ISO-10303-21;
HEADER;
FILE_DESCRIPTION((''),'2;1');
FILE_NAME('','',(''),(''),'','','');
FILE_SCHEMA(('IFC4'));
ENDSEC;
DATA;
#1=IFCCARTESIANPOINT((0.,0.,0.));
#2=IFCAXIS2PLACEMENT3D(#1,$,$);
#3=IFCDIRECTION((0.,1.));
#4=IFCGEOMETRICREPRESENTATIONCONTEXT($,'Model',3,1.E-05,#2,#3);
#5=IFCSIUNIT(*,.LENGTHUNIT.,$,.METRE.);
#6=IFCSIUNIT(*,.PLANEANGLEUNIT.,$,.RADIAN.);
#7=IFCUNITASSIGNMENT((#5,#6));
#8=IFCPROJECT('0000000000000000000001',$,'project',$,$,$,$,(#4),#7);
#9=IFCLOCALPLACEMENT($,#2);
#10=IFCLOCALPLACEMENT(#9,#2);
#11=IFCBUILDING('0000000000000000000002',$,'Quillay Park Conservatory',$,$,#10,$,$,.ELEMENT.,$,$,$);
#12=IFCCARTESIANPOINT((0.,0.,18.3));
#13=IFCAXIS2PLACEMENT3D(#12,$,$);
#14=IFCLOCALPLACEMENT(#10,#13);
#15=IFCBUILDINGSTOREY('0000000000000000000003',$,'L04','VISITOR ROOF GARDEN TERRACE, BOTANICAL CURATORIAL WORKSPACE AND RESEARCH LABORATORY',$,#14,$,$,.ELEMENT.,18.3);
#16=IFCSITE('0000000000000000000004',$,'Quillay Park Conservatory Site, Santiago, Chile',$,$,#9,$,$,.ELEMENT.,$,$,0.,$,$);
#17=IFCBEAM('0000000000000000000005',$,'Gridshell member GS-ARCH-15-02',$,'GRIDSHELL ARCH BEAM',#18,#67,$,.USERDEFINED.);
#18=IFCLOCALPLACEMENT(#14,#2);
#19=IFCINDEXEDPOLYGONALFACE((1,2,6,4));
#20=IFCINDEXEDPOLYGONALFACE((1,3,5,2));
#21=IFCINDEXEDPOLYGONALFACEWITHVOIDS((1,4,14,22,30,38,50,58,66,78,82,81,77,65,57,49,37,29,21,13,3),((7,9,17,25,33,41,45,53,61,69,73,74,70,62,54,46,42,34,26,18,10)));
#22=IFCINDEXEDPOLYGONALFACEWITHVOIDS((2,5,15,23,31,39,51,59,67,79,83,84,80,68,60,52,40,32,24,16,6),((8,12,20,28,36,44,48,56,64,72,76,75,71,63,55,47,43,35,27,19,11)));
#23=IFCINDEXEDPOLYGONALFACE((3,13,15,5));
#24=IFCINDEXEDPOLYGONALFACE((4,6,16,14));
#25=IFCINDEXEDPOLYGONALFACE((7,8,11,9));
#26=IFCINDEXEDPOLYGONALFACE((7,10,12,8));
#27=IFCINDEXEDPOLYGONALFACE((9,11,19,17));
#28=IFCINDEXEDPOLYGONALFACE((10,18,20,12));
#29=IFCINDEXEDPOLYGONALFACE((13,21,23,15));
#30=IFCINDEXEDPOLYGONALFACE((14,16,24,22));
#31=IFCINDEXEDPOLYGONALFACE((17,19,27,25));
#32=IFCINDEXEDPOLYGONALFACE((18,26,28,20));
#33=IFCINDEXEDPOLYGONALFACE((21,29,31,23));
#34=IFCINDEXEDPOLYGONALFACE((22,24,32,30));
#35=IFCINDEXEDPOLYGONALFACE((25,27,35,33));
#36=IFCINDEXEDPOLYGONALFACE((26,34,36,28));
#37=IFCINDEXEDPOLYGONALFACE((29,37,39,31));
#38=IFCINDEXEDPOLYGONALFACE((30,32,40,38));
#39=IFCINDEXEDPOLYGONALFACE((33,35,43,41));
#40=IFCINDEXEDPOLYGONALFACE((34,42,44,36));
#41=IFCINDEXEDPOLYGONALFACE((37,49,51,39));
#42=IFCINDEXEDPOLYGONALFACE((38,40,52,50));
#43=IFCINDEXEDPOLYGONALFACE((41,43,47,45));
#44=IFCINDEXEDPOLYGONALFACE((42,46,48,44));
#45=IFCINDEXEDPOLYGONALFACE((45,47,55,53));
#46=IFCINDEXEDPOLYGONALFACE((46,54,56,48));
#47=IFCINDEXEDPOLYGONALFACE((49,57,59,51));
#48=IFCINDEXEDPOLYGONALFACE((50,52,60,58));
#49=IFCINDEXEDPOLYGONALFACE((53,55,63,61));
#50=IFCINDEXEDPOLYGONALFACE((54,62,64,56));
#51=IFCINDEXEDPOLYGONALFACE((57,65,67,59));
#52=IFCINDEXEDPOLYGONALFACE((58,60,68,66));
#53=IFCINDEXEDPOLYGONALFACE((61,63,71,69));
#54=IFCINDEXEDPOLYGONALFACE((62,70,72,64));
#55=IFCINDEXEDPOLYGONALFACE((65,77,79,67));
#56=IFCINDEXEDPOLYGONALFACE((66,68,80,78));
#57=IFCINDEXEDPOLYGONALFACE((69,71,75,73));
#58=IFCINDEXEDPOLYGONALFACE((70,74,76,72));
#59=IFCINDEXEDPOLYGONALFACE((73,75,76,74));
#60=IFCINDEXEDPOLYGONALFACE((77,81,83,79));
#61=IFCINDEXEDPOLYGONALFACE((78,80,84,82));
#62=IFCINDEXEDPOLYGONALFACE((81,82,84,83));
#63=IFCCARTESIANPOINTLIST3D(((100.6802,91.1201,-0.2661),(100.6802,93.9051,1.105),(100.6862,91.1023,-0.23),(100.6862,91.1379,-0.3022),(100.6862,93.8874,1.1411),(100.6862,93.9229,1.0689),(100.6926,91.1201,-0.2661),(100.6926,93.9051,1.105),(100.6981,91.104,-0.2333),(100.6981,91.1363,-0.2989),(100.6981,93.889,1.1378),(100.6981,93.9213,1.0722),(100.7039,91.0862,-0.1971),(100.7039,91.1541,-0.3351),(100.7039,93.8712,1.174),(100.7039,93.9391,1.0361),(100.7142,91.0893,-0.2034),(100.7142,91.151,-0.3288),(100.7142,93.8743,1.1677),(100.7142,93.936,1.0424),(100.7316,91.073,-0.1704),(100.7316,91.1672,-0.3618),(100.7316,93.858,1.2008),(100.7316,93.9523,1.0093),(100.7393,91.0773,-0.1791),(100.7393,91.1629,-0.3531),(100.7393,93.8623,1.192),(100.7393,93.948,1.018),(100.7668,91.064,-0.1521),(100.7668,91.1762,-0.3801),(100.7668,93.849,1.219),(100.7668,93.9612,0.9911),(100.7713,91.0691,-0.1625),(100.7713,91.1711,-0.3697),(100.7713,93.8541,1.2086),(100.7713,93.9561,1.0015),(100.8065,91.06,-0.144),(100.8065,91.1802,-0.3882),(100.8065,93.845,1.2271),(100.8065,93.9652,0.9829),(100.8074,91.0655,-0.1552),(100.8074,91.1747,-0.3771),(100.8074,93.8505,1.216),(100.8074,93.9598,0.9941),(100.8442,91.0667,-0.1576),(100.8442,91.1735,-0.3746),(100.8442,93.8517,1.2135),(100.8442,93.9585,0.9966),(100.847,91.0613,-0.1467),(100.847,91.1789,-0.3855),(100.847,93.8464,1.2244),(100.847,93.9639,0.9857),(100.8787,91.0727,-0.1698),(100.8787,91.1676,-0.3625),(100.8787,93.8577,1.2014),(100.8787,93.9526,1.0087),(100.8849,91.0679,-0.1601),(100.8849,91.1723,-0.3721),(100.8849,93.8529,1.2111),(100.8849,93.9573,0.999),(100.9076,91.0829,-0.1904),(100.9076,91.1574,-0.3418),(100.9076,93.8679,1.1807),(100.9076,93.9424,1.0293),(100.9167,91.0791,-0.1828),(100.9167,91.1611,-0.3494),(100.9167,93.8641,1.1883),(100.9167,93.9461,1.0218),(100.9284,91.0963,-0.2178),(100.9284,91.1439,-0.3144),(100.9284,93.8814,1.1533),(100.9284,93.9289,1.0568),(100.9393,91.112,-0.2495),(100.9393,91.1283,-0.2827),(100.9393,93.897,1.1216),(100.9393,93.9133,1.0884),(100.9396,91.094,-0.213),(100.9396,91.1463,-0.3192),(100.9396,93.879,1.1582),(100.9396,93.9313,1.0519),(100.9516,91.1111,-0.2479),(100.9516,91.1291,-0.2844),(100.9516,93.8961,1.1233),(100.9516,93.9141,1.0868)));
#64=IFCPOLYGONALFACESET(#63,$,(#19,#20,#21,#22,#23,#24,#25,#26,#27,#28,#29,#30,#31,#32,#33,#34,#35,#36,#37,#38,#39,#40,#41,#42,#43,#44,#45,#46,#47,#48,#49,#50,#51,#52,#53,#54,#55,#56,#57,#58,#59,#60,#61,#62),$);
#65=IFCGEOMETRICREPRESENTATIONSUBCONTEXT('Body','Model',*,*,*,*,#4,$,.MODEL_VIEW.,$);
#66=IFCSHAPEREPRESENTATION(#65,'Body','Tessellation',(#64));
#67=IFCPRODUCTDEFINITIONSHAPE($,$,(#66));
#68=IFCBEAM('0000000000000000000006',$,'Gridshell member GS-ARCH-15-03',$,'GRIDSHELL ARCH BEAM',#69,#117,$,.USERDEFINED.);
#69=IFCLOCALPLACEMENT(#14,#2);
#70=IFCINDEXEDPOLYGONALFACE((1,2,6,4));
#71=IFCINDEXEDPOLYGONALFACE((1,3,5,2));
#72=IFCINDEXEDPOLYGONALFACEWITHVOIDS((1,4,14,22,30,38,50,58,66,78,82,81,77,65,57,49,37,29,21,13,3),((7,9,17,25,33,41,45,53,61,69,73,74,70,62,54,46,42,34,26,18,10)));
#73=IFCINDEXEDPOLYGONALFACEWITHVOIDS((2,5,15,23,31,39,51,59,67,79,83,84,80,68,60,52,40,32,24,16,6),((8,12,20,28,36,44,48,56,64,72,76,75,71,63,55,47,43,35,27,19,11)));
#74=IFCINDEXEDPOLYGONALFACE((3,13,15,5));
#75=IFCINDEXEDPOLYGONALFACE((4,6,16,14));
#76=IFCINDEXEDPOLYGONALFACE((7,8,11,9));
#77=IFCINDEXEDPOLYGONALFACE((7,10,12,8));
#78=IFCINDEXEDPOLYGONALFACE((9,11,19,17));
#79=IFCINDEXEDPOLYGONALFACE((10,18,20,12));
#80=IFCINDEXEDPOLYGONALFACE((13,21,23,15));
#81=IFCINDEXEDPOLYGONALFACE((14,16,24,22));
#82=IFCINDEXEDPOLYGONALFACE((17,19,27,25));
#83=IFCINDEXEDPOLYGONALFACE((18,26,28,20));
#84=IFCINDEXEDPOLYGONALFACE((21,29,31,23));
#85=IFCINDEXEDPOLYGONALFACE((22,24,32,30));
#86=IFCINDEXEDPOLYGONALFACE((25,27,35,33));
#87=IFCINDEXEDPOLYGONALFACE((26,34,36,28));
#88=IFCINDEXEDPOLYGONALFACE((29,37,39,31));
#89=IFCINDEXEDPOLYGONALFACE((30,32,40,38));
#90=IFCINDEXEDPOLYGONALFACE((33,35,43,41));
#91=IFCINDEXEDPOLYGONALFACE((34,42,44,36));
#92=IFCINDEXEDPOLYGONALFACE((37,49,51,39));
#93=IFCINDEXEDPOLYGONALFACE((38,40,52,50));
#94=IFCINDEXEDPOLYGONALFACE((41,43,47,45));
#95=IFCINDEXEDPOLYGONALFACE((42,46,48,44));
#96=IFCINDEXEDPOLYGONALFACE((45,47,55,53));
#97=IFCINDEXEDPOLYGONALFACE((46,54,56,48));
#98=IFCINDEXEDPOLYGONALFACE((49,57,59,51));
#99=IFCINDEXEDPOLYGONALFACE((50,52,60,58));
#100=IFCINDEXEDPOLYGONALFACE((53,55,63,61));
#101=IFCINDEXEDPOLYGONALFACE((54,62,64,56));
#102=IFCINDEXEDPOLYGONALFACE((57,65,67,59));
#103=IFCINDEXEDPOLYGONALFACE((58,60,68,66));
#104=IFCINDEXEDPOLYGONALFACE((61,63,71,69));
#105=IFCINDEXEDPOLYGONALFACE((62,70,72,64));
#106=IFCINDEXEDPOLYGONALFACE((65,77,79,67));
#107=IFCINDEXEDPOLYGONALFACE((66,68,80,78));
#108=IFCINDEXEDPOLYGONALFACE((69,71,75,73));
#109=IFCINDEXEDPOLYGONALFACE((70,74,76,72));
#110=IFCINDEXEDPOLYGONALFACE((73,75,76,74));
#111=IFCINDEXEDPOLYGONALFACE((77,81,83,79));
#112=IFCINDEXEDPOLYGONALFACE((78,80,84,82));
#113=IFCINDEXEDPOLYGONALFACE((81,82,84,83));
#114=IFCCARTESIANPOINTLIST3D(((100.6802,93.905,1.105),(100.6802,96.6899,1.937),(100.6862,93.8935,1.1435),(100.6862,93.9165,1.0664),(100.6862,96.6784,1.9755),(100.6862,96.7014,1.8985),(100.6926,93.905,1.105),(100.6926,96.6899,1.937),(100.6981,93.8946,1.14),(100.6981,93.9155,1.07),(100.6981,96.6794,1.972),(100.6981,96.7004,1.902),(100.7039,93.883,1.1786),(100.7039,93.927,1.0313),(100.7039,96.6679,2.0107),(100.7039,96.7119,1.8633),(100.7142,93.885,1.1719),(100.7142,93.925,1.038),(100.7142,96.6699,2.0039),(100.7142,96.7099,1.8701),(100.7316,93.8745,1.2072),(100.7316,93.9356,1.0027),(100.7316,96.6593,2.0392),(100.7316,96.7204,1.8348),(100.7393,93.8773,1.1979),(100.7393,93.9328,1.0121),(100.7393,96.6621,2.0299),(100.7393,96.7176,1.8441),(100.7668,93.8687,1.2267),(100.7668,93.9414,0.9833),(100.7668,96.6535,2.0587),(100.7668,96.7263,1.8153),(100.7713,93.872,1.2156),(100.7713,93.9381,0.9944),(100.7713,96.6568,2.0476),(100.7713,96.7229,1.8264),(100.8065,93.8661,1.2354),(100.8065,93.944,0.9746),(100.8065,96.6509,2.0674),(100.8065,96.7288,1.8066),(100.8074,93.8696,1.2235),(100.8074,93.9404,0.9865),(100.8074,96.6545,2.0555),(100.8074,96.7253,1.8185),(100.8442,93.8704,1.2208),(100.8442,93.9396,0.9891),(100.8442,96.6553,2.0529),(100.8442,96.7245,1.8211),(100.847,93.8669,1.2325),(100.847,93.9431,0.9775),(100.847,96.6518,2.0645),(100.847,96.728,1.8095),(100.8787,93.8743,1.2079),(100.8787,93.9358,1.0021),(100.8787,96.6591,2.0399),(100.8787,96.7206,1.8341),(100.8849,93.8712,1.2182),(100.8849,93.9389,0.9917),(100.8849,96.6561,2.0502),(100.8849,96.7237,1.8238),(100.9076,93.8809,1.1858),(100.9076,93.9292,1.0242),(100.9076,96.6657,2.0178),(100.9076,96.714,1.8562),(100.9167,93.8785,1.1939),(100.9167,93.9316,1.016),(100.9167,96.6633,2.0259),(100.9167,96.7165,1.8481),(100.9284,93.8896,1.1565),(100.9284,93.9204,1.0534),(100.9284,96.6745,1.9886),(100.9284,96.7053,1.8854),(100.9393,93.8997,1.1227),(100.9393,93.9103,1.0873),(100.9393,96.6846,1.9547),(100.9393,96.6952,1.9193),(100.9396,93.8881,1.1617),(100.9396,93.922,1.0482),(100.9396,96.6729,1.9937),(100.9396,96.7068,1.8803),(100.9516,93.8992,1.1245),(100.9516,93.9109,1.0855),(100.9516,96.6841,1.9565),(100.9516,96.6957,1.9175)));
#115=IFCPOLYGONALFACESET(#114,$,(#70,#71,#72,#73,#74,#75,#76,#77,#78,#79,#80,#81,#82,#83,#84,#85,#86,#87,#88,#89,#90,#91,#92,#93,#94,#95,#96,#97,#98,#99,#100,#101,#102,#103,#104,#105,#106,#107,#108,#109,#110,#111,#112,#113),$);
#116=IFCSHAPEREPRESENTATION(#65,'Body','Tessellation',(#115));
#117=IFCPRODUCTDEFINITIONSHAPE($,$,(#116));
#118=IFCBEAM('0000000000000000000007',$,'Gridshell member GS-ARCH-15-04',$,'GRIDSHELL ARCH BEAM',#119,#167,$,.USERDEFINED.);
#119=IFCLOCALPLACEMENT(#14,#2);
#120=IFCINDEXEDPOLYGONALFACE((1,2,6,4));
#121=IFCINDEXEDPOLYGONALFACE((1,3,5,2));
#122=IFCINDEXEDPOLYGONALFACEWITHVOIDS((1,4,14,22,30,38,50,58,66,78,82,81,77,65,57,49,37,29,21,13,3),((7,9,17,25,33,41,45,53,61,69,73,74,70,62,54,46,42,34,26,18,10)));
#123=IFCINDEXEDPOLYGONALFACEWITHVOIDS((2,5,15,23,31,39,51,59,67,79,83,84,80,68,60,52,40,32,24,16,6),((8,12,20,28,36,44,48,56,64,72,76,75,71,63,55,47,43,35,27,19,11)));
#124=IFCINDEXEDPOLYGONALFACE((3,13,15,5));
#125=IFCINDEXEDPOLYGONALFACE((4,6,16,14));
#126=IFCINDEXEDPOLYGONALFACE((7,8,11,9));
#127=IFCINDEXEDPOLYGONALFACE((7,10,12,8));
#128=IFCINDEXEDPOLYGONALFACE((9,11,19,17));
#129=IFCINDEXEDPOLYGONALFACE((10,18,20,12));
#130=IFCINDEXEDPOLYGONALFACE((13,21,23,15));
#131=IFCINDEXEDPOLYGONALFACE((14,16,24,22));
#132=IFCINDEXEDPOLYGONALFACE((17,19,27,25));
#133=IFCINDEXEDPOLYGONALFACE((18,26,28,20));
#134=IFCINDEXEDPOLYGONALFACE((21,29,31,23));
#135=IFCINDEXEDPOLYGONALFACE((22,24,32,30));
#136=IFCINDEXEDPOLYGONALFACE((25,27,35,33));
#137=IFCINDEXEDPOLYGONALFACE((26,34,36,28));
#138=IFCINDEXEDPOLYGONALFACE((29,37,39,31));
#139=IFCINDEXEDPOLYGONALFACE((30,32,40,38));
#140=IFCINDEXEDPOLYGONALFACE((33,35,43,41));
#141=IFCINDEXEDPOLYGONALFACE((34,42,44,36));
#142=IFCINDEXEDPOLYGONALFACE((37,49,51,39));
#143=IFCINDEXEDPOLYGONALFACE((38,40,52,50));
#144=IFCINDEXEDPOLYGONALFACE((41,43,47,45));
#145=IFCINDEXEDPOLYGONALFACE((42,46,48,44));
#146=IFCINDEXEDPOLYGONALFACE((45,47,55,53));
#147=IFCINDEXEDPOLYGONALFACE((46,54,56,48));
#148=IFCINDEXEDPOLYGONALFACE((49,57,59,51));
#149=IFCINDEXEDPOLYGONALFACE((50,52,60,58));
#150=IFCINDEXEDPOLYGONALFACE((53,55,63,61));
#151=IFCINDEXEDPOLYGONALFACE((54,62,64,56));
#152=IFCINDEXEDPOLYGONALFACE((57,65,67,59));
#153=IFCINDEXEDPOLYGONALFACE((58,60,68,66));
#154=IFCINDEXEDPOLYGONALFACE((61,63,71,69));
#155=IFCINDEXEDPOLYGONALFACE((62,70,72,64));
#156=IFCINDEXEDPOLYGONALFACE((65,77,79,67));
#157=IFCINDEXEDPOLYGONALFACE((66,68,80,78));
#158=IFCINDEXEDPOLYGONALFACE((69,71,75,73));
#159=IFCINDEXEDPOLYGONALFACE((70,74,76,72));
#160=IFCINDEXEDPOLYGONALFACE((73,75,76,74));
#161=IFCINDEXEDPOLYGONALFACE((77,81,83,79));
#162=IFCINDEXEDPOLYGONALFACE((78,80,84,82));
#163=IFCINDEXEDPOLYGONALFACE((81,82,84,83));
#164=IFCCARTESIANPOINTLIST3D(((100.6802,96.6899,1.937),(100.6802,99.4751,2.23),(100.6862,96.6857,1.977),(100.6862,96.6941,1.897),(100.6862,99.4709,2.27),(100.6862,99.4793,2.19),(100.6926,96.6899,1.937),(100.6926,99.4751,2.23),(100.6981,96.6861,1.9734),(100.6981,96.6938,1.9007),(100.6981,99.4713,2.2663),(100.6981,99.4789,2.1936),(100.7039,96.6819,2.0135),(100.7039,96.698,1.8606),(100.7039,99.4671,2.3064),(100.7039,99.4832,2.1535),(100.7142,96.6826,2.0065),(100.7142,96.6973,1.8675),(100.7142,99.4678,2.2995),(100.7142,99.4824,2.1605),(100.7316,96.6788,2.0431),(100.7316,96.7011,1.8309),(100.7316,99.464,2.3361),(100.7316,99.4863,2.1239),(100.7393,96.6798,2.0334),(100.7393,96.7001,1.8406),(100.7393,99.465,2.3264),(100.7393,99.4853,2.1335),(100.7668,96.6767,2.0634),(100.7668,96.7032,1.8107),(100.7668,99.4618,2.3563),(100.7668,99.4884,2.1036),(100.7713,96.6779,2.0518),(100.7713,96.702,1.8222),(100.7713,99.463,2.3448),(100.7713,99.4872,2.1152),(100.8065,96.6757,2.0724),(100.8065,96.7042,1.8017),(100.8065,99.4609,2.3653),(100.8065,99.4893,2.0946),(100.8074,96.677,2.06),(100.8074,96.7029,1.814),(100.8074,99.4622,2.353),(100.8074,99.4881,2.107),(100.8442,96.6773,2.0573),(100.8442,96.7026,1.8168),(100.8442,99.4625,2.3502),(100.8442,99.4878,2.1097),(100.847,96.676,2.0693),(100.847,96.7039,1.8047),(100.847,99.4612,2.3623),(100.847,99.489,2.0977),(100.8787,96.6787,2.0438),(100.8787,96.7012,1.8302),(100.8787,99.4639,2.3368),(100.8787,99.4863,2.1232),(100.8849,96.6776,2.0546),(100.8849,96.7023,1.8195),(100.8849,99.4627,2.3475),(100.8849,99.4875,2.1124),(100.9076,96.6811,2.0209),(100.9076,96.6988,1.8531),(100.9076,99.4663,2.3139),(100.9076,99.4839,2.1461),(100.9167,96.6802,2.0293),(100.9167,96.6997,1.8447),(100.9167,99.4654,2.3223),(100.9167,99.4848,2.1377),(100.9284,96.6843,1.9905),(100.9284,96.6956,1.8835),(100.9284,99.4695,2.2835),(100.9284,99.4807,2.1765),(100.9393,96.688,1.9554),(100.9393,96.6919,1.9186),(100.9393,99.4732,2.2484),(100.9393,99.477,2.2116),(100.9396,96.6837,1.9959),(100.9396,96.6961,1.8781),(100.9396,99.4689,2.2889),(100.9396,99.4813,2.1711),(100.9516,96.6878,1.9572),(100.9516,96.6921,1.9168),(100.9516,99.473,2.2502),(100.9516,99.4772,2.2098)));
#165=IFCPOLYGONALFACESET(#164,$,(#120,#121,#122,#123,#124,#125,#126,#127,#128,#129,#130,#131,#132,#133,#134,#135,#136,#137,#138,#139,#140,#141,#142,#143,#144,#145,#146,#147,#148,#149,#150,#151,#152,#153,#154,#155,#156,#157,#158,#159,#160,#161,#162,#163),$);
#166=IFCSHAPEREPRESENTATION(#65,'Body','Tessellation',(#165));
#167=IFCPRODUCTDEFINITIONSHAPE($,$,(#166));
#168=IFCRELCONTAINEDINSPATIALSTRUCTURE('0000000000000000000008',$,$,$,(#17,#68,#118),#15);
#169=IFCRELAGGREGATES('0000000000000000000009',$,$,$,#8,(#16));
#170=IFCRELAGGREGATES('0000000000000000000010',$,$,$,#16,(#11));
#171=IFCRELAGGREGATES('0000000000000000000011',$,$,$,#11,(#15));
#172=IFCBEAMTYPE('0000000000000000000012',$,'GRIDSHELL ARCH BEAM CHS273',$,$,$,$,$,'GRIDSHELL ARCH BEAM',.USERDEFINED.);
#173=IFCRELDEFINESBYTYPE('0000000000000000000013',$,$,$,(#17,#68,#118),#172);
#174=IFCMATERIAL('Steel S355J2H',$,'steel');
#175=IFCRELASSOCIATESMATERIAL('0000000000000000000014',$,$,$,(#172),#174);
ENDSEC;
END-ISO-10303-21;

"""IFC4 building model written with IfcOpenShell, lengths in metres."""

from ifc_helpers import new_model, si_unit, direction, frame, origin, origin_2d, place, context, subcontext, project, spatial, hollow_circle, extrude, material, material_profile, profile_set, type_object, element, save


model = new_model("IFC4")

# Units and contexts
model_context = context("Model", 3, precision=1e-05, world=origin(), true_north=direction((0.0, 1.0)))
body_context = subcontext(model_context, "Body", "Model", "MODEL_VIEW")
ifc_project = project(units=[si_unit("LENGTHUNIT", "METRE"), si_unit("PLANEANGLEUNIT", "RADIAN")], contexts=[model_context])

# Site, building, storey
site_placement = place(None, origin())
site = spatial("IfcSite", under=ifc_project, at=site_placement, Name="Quillay Park Conservatory Site, Santiago, Chile", CompositionType="ELEMENT", RefElevation=0.0)
building_placement = place(site_placement, origin())
building = spatial("IfcBuilding", under=site, at=building_placement, Name="Quillay Park Conservatory", CompositionType="ELEMENT")
storey_placement = place(building_placement, frame((0.0, 0.0, 18.3)))
storey = spatial("IfcBuildingStorey", under=building, at=storey_placement, Name="L04", Description="VISITOR ROOF GARDEN TERRACE, BOTANICAL CURATORIAL WORKSPACE AND RESEARCH LABORATORY", CompositionType="ELEMENT", Elevation=18.3)

# Beams
ifc_material_1 = material(Name="Steel S355J2H", Category="steel")
ifc_material_profile_1 = material_profile(ifc_material_1, hollow_circle(Radius=0.1365, WallThickness=0.0125, at=origin_2d()), Name="CHS273x12.5")
ifc_profile_set_1 = profile_set([ifc_material_profile_1], Name="Steel S355J2H")
beam_type = type_object("IfcBeamType", Name="GRIDSHELL ARCH BEAM CHS273", ElementType="GRIDSHELL ARCH BEAM", PredefinedType="USERDEFINED", material=ifc_profile_set_1)
beam_1_placement = place(storey_placement, frame((100.8167, 91.1201, -0.2661), z_axis=(0.0, 0.897163, 0.4417), x_axis=(-1.0, 0.0, 0.0)))
element("IfcBeam", 1, at=beam_1_placement, inside=storey, type_object=beam_type, Name="Gridshell member GS-ARCH-15-02", ObjectType="GRIDSHELL ARCH BEAM", PredefinedType="USERDEFINED", context=body_context, shape_type="SweptSolid", body=[
    extrude(hollow_circle(Radius=0.1365, WallThickness=0.0125, at=origin_2d()), origin(), (0.0, 0.0, 1.0), 3.1042),
])
beam_2_placement = place(storey_placement, frame((100.8167, 93.905, 1.105), z_axis=(0.0, 0.958152, 0.286261), x_axis=(-1.0, 0.0, 0.0)))
element("IfcBeam", 2, at=beam_2_placement, inside=storey, type_object=beam_type, Name="Gridshell member GS-ARCH-15-03", ObjectType="GRIDSHELL ARCH BEAM", PredefinedType="USERDEFINED", context=body_context, shape_type="SweptSolid", body=[
    extrude(hollow_circle(Radius=0.1365, WallThickness=0.0125, at=origin_2d()), origin(), (0.0, 0.0, 1.0), 2.9065),
])
beam_3_placement = place(storey_placement, frame((100.8167, 96.6899, 1.937), z_axis=(0.0, 0.994513, 0.104612), x_axis=(-1.0, 0.0, 0.0)))
element("IfcBeam", 3, at=beam_3_placement, inside=storey, type_object=beam_type, Name="Gridshell member GS-ARCH-15-04", ObjectType="GRIDSHELL ARCH BEAM", PredefinedType="USERDEFINED", context=body_context, shape_type="SweptSolid", body=[
    extrude(hollow_circle(Radius=0.1365, WallThickness=0.0125, at=origin_2d()), origin(), (0.0, 0.0, 1.0), 2.8005),
])

save(model, "model.ifc")
